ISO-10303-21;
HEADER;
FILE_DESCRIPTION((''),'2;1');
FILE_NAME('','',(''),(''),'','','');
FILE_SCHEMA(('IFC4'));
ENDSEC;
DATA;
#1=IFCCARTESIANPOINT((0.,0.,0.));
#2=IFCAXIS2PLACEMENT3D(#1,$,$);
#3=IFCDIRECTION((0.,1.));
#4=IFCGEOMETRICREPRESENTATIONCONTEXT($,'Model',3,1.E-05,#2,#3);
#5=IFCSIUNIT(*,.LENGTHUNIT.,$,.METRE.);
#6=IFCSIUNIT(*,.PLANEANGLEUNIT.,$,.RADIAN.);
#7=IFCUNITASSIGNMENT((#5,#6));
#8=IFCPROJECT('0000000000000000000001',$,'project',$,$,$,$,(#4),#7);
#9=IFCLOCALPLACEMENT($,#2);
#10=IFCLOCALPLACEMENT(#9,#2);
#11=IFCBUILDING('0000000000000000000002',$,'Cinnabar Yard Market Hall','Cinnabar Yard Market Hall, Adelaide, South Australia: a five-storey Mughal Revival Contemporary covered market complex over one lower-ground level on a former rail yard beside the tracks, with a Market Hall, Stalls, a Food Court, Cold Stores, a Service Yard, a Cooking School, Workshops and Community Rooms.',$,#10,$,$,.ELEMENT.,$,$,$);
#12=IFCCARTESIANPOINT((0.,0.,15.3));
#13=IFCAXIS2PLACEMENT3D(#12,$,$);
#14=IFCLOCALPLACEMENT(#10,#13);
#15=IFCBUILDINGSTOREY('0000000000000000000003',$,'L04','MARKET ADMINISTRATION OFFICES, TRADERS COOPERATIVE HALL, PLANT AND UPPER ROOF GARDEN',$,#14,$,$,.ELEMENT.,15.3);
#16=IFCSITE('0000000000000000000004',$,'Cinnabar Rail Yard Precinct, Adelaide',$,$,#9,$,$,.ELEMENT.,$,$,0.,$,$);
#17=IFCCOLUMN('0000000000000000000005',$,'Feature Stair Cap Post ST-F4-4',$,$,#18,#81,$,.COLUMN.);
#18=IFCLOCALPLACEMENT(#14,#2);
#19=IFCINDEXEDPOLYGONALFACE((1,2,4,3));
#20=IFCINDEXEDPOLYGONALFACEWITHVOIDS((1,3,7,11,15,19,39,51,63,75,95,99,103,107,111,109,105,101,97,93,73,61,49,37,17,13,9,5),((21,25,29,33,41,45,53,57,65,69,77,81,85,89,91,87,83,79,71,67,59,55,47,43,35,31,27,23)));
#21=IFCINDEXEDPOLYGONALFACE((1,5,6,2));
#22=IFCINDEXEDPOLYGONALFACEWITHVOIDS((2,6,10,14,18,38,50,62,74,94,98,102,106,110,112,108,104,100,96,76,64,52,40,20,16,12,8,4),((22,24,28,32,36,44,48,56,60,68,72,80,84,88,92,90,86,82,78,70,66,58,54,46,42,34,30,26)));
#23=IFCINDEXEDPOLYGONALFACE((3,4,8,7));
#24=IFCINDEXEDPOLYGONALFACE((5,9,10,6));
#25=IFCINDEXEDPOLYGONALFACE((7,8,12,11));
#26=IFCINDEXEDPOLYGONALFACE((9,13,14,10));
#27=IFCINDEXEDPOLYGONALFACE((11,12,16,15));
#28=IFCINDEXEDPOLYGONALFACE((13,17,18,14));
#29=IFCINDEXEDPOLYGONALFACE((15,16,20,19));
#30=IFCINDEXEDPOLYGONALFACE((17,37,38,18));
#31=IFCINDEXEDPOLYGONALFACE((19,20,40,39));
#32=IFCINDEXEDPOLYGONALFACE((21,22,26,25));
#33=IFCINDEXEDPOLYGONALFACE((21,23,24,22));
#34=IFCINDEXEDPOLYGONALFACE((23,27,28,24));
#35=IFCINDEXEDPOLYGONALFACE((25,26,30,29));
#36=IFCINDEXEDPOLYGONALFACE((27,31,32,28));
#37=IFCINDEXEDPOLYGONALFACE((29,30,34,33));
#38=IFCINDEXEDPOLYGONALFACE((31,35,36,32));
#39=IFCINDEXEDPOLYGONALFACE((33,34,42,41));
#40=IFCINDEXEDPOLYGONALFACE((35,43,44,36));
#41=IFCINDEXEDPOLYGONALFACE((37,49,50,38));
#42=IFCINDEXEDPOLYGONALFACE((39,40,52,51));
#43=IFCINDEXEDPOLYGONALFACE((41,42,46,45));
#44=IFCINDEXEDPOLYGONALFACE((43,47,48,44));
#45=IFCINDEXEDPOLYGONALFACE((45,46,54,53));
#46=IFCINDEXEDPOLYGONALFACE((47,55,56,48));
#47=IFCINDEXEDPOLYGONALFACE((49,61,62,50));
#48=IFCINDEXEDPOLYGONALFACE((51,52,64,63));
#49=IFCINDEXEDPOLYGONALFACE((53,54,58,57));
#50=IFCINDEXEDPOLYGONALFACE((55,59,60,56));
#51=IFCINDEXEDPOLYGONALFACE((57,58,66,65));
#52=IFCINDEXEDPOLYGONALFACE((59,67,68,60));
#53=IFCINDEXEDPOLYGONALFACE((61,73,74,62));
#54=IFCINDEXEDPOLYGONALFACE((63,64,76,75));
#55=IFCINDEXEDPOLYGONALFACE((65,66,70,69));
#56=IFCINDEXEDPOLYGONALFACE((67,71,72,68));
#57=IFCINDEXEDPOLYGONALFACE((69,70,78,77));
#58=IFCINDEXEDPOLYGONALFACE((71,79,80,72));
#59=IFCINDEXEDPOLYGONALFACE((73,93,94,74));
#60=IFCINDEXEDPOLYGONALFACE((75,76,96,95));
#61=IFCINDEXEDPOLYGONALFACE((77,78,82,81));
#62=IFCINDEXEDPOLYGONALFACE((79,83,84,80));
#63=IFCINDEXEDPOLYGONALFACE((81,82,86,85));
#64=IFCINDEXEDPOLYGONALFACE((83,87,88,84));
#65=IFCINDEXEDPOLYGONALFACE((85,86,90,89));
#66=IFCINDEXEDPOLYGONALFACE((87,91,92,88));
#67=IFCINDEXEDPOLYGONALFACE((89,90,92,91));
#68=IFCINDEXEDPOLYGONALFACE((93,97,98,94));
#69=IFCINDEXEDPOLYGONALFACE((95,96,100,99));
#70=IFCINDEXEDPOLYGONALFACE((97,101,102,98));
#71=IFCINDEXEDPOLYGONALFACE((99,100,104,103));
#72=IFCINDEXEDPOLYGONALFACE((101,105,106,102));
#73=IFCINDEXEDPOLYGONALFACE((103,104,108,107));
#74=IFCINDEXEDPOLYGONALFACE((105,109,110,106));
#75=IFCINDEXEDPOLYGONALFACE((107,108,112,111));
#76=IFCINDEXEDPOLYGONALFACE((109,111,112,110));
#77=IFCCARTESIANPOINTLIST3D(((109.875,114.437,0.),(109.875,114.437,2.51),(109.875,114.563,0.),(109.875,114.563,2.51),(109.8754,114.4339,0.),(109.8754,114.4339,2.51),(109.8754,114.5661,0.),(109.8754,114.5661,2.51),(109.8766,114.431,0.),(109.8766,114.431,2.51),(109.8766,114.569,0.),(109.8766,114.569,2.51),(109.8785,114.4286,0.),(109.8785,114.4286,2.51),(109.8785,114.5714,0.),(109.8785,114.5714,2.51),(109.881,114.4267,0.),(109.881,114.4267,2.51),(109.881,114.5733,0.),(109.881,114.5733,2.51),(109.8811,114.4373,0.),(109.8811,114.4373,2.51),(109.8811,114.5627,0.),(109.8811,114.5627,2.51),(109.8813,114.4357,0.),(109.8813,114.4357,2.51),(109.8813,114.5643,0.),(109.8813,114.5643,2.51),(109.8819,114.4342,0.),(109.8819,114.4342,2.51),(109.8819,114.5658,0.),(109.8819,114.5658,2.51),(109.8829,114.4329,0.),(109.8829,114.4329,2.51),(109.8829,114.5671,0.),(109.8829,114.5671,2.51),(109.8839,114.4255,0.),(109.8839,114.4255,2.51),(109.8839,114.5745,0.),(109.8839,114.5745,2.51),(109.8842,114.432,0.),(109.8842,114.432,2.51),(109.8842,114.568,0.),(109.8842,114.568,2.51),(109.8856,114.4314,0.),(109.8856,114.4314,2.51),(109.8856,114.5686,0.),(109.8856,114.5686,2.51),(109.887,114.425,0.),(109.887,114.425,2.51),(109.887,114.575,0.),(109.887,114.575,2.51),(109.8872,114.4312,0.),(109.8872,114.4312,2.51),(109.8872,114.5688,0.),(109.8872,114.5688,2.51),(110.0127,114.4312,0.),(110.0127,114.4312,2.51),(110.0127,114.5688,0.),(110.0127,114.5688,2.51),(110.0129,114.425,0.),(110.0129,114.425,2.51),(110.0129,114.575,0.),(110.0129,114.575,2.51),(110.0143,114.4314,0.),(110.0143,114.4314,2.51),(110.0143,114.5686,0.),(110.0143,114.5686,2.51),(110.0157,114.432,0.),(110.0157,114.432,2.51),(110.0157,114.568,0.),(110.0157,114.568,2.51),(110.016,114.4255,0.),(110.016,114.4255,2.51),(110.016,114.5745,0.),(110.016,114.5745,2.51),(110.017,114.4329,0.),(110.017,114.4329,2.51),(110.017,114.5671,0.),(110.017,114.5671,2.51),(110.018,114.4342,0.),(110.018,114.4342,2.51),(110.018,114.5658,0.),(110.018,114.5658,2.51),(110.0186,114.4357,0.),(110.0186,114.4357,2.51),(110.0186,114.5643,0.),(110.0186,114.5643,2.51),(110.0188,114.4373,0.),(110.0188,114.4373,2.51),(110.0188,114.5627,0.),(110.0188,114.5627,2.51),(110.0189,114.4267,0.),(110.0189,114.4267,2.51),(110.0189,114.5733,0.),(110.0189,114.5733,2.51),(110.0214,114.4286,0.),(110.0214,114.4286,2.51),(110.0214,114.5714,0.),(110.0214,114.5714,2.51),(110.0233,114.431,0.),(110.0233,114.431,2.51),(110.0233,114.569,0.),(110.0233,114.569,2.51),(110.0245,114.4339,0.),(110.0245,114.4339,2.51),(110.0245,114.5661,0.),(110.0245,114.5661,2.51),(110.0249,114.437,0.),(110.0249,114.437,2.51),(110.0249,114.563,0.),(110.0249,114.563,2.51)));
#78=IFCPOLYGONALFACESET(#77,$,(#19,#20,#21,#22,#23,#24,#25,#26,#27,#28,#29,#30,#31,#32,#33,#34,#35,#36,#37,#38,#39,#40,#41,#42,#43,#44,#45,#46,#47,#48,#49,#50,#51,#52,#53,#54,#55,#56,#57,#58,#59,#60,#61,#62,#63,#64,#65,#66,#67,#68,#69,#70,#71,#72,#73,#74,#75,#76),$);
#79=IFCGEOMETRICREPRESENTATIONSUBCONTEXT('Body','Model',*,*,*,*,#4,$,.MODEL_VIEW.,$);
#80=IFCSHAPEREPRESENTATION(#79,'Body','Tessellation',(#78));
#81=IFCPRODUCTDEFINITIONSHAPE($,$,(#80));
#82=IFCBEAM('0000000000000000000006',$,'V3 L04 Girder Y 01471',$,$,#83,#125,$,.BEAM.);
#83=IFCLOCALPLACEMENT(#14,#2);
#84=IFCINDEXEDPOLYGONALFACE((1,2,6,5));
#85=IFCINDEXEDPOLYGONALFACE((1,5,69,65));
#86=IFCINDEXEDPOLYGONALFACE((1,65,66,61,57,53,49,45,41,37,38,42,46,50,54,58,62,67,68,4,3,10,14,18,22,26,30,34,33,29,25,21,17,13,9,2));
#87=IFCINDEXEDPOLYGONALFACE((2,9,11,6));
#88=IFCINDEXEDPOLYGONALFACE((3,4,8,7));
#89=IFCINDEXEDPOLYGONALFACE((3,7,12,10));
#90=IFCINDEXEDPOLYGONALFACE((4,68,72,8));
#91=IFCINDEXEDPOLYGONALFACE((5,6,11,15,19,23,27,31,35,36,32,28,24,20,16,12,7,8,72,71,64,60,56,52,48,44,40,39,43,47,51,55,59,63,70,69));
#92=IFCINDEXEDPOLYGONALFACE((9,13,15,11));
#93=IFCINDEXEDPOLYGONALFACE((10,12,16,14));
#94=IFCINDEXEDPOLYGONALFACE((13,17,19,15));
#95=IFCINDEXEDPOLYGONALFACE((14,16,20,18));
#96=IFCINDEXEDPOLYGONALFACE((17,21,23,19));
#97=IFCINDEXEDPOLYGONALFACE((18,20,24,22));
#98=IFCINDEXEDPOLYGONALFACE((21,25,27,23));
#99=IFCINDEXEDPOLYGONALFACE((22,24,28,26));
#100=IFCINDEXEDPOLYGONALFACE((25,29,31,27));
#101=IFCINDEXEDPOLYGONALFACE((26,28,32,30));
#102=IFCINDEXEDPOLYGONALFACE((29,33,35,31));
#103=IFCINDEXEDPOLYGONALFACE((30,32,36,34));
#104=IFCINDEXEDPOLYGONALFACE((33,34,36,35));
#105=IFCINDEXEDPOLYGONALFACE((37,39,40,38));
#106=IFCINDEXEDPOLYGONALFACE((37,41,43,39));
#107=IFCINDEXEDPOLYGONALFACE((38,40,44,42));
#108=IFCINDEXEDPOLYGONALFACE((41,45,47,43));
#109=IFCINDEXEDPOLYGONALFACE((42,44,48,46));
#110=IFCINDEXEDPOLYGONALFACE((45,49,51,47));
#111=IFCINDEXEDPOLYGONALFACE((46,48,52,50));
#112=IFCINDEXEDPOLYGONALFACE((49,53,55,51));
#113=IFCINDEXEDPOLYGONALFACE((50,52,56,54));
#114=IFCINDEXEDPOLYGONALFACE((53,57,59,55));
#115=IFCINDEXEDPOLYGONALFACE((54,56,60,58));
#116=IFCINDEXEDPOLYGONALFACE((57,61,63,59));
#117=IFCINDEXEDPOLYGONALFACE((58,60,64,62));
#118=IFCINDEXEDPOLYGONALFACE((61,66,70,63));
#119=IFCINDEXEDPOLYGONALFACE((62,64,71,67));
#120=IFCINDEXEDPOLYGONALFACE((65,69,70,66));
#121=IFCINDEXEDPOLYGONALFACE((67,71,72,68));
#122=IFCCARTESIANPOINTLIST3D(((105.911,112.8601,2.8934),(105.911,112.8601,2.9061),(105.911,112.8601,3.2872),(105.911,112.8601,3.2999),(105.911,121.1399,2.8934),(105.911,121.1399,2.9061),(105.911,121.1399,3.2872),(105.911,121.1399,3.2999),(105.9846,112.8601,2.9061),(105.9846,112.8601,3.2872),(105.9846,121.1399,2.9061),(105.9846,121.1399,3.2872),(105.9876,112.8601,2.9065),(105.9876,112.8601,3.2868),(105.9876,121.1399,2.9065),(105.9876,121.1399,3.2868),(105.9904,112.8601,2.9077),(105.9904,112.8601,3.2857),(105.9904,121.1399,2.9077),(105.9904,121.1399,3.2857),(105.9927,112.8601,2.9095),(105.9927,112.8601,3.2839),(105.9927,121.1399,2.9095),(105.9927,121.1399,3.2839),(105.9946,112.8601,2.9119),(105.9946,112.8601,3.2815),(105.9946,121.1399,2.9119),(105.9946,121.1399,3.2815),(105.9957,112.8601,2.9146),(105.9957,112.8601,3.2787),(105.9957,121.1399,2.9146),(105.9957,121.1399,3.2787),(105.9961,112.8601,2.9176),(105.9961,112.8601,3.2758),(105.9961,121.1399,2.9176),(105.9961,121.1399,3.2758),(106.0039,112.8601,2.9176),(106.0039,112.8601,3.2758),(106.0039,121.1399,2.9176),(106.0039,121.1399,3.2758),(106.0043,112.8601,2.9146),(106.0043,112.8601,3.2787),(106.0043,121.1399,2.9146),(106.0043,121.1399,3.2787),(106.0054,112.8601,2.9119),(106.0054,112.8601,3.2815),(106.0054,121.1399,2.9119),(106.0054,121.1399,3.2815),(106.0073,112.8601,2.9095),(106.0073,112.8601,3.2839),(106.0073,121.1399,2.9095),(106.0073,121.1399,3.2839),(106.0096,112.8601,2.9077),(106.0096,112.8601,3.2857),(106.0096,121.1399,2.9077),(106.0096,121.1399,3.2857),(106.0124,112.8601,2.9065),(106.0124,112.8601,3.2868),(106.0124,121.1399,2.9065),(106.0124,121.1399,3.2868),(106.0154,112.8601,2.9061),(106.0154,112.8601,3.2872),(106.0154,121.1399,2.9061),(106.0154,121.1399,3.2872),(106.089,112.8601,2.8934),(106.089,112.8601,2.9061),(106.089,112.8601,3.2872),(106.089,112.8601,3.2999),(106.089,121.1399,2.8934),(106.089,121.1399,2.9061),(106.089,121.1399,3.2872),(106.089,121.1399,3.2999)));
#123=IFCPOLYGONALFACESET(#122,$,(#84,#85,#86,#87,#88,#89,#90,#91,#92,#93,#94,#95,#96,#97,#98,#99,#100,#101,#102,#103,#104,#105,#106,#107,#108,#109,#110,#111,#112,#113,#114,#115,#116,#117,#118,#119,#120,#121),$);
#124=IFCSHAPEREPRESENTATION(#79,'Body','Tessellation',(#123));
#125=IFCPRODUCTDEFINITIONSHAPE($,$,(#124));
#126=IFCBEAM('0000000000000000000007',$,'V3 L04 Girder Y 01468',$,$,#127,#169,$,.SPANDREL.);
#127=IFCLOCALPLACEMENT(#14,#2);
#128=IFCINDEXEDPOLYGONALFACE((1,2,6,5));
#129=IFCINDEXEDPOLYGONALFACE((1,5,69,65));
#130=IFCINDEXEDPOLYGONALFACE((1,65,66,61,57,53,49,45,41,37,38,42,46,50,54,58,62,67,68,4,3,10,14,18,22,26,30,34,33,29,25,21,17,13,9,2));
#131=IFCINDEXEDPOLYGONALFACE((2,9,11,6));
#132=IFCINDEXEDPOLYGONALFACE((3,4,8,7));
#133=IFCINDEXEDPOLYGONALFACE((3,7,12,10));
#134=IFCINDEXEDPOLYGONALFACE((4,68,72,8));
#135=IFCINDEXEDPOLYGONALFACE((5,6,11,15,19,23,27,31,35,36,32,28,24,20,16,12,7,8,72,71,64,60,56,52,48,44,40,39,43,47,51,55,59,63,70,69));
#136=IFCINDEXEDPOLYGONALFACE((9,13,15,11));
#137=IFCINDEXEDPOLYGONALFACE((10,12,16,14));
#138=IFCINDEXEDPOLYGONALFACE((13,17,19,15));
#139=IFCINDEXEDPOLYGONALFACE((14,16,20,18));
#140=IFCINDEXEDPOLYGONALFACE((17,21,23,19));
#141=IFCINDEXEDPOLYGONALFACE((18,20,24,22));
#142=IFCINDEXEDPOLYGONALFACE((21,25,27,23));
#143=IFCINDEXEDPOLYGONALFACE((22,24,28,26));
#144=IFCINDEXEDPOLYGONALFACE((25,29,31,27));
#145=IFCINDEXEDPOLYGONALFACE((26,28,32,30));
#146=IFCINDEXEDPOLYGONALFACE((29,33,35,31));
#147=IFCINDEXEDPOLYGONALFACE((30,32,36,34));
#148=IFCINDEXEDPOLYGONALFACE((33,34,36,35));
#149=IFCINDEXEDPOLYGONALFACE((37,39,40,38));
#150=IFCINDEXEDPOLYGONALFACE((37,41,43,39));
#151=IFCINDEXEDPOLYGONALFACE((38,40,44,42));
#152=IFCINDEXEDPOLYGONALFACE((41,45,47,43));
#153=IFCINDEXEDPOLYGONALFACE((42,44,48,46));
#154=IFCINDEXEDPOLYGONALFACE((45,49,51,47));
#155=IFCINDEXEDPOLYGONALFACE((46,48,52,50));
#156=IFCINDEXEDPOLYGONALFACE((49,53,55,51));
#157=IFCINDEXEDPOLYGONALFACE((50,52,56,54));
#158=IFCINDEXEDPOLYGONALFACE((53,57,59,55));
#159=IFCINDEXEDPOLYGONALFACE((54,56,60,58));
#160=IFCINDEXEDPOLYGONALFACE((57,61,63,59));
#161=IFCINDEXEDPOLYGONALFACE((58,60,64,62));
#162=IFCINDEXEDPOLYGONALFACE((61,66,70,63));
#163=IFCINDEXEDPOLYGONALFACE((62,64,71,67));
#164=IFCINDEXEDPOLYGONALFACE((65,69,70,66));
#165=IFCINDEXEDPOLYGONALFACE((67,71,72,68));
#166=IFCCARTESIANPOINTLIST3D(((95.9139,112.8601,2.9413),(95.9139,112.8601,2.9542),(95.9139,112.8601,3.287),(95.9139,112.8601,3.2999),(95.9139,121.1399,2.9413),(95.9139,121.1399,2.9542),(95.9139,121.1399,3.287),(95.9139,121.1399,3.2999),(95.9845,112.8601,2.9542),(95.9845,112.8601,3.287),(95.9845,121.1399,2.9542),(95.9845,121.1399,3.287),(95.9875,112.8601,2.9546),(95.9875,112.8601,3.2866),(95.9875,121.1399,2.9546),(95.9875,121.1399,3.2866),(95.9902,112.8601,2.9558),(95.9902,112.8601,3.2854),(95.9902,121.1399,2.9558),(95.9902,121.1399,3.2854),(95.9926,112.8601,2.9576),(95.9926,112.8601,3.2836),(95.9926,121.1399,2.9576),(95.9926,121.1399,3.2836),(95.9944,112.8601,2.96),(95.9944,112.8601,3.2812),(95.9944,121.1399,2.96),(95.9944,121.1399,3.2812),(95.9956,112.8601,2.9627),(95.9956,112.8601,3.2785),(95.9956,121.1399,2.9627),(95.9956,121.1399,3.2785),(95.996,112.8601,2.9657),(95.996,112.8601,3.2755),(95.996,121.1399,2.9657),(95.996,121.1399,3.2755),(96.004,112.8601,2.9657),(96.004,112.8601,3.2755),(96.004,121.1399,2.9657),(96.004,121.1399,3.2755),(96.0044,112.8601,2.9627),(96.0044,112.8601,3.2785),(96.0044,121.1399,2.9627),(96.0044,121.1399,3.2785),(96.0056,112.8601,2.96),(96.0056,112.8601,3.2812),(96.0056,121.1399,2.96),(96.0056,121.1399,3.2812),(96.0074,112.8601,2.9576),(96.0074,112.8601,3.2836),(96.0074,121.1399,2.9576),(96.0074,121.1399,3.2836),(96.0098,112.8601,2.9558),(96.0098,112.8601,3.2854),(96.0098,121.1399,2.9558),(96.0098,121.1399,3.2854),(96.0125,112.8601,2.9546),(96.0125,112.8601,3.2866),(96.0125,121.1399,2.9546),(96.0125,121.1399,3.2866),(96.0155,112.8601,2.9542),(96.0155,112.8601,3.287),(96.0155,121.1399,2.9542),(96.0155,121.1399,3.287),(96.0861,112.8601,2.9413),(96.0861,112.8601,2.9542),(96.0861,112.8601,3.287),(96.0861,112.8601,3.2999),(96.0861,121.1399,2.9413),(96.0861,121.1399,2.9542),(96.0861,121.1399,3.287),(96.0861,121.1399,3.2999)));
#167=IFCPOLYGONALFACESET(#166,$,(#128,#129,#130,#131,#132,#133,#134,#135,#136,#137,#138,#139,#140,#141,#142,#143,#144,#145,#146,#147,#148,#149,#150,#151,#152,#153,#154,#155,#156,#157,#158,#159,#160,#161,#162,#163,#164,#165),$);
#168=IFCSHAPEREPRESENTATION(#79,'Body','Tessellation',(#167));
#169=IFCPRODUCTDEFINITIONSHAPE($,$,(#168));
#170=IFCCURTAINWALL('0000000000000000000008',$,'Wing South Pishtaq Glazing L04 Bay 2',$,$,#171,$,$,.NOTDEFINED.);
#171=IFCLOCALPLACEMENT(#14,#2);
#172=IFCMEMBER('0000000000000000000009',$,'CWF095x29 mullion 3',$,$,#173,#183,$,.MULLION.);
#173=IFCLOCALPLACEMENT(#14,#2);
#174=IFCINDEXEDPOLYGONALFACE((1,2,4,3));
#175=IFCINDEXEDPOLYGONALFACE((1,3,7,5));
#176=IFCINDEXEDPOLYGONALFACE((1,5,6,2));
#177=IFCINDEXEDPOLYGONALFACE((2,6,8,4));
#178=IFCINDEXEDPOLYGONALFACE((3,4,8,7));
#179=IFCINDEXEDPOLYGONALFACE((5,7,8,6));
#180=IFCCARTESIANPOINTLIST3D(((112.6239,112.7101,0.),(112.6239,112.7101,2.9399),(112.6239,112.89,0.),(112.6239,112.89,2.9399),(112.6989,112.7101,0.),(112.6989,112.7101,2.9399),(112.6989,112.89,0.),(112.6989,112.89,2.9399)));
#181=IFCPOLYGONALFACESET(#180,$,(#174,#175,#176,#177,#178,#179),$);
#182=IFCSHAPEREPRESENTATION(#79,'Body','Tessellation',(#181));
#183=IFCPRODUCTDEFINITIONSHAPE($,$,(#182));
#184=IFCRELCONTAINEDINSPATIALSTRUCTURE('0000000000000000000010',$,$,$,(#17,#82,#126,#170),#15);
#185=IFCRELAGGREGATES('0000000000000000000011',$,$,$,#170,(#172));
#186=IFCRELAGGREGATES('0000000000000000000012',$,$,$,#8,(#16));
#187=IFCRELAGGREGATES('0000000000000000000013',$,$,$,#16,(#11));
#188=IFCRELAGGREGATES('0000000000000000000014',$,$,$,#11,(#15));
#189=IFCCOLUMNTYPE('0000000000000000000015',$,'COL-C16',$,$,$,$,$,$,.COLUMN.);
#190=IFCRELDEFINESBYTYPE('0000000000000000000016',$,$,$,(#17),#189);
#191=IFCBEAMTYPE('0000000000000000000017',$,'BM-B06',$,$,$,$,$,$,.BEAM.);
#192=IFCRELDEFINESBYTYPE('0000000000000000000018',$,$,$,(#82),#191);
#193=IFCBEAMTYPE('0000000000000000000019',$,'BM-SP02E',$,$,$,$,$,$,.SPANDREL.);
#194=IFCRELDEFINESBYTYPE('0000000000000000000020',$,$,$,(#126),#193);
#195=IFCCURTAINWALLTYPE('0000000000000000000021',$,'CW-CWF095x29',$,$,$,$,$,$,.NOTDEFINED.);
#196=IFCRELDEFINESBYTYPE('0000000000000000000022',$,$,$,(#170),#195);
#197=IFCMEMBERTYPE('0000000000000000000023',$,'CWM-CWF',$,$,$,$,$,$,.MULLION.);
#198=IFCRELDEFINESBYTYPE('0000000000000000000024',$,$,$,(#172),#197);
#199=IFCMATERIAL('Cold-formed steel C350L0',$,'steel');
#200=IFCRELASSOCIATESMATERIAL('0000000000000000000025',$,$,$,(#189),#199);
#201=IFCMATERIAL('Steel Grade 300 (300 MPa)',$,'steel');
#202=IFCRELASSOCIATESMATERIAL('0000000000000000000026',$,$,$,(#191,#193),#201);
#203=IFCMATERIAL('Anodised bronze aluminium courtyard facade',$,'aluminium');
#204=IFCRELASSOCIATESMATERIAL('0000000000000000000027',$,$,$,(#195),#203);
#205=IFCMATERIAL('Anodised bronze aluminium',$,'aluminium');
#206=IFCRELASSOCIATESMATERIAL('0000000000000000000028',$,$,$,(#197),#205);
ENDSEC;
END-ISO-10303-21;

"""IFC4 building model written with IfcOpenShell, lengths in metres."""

from ifc_helpers import new_model, si_unit, direction, frame, origin, origin_2d_with_axis, place, context, subcontext, project, spatial, rectangle, hollow_rectangle, i_section, extrude, material, material_profile, profile_set, type_object, element, aggregate, save


model = new_model("IFC4")

# Units and contexts
model_context = context("Model", 3, precision=1e-05, world=origin(), true_north=direction((0.0, 1.0)))
body_context = subcontext(model_context, "Body", "Model", "MODEL_VIEW")
ifc_project = project(units=[si_unit("LENGTHUNIT", "METRE"), si_unit("PLANEANGLEUNIT", "RADIAN")], contexts=[model_context])

# Site, building, storey
site_placement = place(None, origin())
site = spatial("IfcSite", under=ifc_project, at=site_placement, Name="Cinnabar Rail Yard Precinct, Adelaide", CompositionType="ELEMENT", RefElevation=0.0)
building_placement = place(site_placement, origin())
building = spatial("IfcBuilding", under=site, at=building_placement, Name="Cinnabar Yard Market Hall", Description="Cinnabar Yard Market Hall, Adelaide, South Australia: a five-storey Mughal Revival Contemporary covered market complex over one lower-ground level on a former rail yard beside the tracks, with a Market Hall, Stalls, a Food Court, Cold Stores, a Service Yard, a Cooking School, Workshops and Community Rooms.", CompositionType="ELEMENT")
storey_placement = place(building_placement, frame((0.0, 0.0, 15.3)))
storey = spatial("IfcBuildingStorey", under=building, at=storey_placement, Name="L04", Description="MARKET ADMINISTRATION OFFICES, TRADERS COOPERATIVE HALL, PLANT AND UPPER ROOF GARDEN", CompositionType="ELEMENT", Elevation=15.3)

# Column
ifc_material_1 = material(Name="Cold-formed steel C350L0", Category="steel")
ifc_material_profile_1 = material_profile(ifc_material_1, hollow_rectangle(XDim=0.1499, YDim=0.1499, WallThickness=0.0061, InnerFilletRadius=0.0061, OuterFilletRadius=0.012, at=origin_2d_with_axis()), Name="150x150x6.0SHS")
ifc_profile_set_1 = profile_set([ifc_material_profile_1], Name="Cold-formed steel C350L0")
column_type = type_object("IfcColumnType", Name="COL-C16", PredefinedType="COLUMN", material=ifc_profile_set_1)
for number, where, z_axis, x_axis, name in (
    (1, (109.95, 114.5, 0.0), (0.0, 0.0, 1.0), (1.0, 0.0, 0.0), "Feature Stair Cap Post ST-F4-4"),
):
    element("IfcColumn", number, at=place(storey_placement, frame(where, z_axis=z_axis, x_axis=x_axis)), inside=storey, type_object=column_type, Name=name, PredefinedType="COLUMN", context=body_context, shape_type="SweptSolid", body=[
        extrude(hollow_rectangle(XDim=0.1499, YDim=0.1499, WallThickness=0.0061, InnerFilletRadius=0.0061, OuterFilletRadius=0.012, at=origin_2d_with_axis()), origin(), (0.0, 0.0, 1.0), 2.51),
    ])

# Beams
ifc_material_2 = material(Name="Steel Grade 300 (300 MPa)", Category="steel")
ifc_material_profile_2 = material_profile(ifc_material_2, i_section(OverallWidth=0.178, OverallDepth=0.4065, WebThickness=0.0078, FlangeThickness=0.0127, FilletRadius=0.0115, at=origin_2d_with_axis()), Name="410UB59.7")
ifc_profile_set_2 = profile_set([ifc_material_profile_2], Name="Steel Grade 300 (300 MPa)")
beam_type_1 = type_object("IfcBeamType", Name="BM-B06", PredefinedType="BEAM", material=ifc_profile_set_2)
beam_1_placement = place(storey_placement, frame((106.0, 112.8601, 3.0967), z_axis=(0.0, 1.0, 0.0), x_axis=(-1.0, 0.0, 0.0)))
element("IfcBeam", 2, at=beam_1_placement, inside=storey, type_object=beam_type_1, Name="V3 L04 Girder Y 01471", PredefinedType="BEAM", context=body_context, shape_type="SweptSolid", body=[
    extrude(i_section(OverallWidth=0.178, OverallDepth=0.4065, WebThickness=0.0078, FlangeThickness=0.0127, FilletRadius=0.0115, at=origin_2d_with_axis()), origin(), (0.0, 0.0, 1.0), 8.2798),
])
ifc_material_profile_3 = material_profile(ifc_material_2, i_section(OverallWidth=0.1721, OverallDepth=0.3586, WebThickness=0.0081, FlangeThickness=0.0129, FilletRadius=0.0115, at=origin_2d_with_axis()), Name="360UB56.7")
ifc_profile_set_3 = profile_set([ifc_material_profile_3], Name="Steel Grade 300 (300 MPa)")
beam_type_2 = type_object("IfcBeamType", Name="BM-SP02E", PredefinedType="SPANDREL", material=ifc_profile_set_3)
beam_2_placement = place(storey_placement, frame((96.0, 112.8601, 3.1206), z_axis=(0.0, 1.0, 0.0), x_axis=(-1.0, 0.0, 0.0)))
element("IfcBeam", 3, at=beam_2_placement, inside=storey, type_object=beam_type_2, Name="V3 L04 Girder Y 01468", PredefinedType="SPANDREL", context=body_context, shape_type="SweptSolid", body=[
    extrude(i_section(OverallWidth=0.1721, OverallDepth=0.3586, WebThickness=0.0081, FlangeThickness=0.0129, FilletRadius=0.0115, at=origin_2d_with_axis()), origin(), (0.0, 0.0, 1.0), 8.2798),
])

# Curtain wall, member
ifc_material_3 = material(Name="Anodised bronze aluminium courtyard facade", Category="aluminium")
curtain_wall_type = type_object("IfcCurtainWallType", Name="CW-CWF095x29", PredefinedType="NOTDEFINED", material=ifc_material_3)
curtain_wall_placement = place(storey_placement, origin())
curtain_wall = element("IfcCurtainWall", 4, at=curtain_wall_placement, inside=storey, type_object=curtain_wall_type, Name="Wing South Pishtaq Glazing L04 Bay 2", PredefinedType="NOTDEFINED")
ifc_material_4 = material(Name="Anodised bronze aluminium", Category="aluminium")
ifc_material_profile_4 = material_profile(ifc_material_4, rectangle(XDim=0.1799, YDim=0.075, at=origin_2d_with_axis()), Name="MUL-CWF")
ifc_profile_set_4 = profile_set([ifc_material_profile_4], Name="Anodised bronze aluminium")
member_type_1 = type_object("IfcMemberType", Name="CWM-CWF", PredefinedType="MULLION", material=ifc_profile_set_4)
member_1_placement = place(storey_placement, frame((112.6614, 112.8, 0.0), z_axis=(0.0, 0.0, 1.0), x_axis=(0.0, 1.0, 0.0)))
member_1 = element("IfcMember", 5, at=member_1_placement, type_object=member_type_1, Name="CWF095x29 mullion 3", PredefinedType="MULLION", context=body_context, shape_type="SweptSolid", body=[
    extrude(rectangle(XDim=0.1799, YDim=0.075, at=origin_2d_with_axis()), origin(), (0.0, 0.0, 1.0), 2.9399),
])
aggregate(curtain_wall, [member_1])

save(model, "model.ifc")
